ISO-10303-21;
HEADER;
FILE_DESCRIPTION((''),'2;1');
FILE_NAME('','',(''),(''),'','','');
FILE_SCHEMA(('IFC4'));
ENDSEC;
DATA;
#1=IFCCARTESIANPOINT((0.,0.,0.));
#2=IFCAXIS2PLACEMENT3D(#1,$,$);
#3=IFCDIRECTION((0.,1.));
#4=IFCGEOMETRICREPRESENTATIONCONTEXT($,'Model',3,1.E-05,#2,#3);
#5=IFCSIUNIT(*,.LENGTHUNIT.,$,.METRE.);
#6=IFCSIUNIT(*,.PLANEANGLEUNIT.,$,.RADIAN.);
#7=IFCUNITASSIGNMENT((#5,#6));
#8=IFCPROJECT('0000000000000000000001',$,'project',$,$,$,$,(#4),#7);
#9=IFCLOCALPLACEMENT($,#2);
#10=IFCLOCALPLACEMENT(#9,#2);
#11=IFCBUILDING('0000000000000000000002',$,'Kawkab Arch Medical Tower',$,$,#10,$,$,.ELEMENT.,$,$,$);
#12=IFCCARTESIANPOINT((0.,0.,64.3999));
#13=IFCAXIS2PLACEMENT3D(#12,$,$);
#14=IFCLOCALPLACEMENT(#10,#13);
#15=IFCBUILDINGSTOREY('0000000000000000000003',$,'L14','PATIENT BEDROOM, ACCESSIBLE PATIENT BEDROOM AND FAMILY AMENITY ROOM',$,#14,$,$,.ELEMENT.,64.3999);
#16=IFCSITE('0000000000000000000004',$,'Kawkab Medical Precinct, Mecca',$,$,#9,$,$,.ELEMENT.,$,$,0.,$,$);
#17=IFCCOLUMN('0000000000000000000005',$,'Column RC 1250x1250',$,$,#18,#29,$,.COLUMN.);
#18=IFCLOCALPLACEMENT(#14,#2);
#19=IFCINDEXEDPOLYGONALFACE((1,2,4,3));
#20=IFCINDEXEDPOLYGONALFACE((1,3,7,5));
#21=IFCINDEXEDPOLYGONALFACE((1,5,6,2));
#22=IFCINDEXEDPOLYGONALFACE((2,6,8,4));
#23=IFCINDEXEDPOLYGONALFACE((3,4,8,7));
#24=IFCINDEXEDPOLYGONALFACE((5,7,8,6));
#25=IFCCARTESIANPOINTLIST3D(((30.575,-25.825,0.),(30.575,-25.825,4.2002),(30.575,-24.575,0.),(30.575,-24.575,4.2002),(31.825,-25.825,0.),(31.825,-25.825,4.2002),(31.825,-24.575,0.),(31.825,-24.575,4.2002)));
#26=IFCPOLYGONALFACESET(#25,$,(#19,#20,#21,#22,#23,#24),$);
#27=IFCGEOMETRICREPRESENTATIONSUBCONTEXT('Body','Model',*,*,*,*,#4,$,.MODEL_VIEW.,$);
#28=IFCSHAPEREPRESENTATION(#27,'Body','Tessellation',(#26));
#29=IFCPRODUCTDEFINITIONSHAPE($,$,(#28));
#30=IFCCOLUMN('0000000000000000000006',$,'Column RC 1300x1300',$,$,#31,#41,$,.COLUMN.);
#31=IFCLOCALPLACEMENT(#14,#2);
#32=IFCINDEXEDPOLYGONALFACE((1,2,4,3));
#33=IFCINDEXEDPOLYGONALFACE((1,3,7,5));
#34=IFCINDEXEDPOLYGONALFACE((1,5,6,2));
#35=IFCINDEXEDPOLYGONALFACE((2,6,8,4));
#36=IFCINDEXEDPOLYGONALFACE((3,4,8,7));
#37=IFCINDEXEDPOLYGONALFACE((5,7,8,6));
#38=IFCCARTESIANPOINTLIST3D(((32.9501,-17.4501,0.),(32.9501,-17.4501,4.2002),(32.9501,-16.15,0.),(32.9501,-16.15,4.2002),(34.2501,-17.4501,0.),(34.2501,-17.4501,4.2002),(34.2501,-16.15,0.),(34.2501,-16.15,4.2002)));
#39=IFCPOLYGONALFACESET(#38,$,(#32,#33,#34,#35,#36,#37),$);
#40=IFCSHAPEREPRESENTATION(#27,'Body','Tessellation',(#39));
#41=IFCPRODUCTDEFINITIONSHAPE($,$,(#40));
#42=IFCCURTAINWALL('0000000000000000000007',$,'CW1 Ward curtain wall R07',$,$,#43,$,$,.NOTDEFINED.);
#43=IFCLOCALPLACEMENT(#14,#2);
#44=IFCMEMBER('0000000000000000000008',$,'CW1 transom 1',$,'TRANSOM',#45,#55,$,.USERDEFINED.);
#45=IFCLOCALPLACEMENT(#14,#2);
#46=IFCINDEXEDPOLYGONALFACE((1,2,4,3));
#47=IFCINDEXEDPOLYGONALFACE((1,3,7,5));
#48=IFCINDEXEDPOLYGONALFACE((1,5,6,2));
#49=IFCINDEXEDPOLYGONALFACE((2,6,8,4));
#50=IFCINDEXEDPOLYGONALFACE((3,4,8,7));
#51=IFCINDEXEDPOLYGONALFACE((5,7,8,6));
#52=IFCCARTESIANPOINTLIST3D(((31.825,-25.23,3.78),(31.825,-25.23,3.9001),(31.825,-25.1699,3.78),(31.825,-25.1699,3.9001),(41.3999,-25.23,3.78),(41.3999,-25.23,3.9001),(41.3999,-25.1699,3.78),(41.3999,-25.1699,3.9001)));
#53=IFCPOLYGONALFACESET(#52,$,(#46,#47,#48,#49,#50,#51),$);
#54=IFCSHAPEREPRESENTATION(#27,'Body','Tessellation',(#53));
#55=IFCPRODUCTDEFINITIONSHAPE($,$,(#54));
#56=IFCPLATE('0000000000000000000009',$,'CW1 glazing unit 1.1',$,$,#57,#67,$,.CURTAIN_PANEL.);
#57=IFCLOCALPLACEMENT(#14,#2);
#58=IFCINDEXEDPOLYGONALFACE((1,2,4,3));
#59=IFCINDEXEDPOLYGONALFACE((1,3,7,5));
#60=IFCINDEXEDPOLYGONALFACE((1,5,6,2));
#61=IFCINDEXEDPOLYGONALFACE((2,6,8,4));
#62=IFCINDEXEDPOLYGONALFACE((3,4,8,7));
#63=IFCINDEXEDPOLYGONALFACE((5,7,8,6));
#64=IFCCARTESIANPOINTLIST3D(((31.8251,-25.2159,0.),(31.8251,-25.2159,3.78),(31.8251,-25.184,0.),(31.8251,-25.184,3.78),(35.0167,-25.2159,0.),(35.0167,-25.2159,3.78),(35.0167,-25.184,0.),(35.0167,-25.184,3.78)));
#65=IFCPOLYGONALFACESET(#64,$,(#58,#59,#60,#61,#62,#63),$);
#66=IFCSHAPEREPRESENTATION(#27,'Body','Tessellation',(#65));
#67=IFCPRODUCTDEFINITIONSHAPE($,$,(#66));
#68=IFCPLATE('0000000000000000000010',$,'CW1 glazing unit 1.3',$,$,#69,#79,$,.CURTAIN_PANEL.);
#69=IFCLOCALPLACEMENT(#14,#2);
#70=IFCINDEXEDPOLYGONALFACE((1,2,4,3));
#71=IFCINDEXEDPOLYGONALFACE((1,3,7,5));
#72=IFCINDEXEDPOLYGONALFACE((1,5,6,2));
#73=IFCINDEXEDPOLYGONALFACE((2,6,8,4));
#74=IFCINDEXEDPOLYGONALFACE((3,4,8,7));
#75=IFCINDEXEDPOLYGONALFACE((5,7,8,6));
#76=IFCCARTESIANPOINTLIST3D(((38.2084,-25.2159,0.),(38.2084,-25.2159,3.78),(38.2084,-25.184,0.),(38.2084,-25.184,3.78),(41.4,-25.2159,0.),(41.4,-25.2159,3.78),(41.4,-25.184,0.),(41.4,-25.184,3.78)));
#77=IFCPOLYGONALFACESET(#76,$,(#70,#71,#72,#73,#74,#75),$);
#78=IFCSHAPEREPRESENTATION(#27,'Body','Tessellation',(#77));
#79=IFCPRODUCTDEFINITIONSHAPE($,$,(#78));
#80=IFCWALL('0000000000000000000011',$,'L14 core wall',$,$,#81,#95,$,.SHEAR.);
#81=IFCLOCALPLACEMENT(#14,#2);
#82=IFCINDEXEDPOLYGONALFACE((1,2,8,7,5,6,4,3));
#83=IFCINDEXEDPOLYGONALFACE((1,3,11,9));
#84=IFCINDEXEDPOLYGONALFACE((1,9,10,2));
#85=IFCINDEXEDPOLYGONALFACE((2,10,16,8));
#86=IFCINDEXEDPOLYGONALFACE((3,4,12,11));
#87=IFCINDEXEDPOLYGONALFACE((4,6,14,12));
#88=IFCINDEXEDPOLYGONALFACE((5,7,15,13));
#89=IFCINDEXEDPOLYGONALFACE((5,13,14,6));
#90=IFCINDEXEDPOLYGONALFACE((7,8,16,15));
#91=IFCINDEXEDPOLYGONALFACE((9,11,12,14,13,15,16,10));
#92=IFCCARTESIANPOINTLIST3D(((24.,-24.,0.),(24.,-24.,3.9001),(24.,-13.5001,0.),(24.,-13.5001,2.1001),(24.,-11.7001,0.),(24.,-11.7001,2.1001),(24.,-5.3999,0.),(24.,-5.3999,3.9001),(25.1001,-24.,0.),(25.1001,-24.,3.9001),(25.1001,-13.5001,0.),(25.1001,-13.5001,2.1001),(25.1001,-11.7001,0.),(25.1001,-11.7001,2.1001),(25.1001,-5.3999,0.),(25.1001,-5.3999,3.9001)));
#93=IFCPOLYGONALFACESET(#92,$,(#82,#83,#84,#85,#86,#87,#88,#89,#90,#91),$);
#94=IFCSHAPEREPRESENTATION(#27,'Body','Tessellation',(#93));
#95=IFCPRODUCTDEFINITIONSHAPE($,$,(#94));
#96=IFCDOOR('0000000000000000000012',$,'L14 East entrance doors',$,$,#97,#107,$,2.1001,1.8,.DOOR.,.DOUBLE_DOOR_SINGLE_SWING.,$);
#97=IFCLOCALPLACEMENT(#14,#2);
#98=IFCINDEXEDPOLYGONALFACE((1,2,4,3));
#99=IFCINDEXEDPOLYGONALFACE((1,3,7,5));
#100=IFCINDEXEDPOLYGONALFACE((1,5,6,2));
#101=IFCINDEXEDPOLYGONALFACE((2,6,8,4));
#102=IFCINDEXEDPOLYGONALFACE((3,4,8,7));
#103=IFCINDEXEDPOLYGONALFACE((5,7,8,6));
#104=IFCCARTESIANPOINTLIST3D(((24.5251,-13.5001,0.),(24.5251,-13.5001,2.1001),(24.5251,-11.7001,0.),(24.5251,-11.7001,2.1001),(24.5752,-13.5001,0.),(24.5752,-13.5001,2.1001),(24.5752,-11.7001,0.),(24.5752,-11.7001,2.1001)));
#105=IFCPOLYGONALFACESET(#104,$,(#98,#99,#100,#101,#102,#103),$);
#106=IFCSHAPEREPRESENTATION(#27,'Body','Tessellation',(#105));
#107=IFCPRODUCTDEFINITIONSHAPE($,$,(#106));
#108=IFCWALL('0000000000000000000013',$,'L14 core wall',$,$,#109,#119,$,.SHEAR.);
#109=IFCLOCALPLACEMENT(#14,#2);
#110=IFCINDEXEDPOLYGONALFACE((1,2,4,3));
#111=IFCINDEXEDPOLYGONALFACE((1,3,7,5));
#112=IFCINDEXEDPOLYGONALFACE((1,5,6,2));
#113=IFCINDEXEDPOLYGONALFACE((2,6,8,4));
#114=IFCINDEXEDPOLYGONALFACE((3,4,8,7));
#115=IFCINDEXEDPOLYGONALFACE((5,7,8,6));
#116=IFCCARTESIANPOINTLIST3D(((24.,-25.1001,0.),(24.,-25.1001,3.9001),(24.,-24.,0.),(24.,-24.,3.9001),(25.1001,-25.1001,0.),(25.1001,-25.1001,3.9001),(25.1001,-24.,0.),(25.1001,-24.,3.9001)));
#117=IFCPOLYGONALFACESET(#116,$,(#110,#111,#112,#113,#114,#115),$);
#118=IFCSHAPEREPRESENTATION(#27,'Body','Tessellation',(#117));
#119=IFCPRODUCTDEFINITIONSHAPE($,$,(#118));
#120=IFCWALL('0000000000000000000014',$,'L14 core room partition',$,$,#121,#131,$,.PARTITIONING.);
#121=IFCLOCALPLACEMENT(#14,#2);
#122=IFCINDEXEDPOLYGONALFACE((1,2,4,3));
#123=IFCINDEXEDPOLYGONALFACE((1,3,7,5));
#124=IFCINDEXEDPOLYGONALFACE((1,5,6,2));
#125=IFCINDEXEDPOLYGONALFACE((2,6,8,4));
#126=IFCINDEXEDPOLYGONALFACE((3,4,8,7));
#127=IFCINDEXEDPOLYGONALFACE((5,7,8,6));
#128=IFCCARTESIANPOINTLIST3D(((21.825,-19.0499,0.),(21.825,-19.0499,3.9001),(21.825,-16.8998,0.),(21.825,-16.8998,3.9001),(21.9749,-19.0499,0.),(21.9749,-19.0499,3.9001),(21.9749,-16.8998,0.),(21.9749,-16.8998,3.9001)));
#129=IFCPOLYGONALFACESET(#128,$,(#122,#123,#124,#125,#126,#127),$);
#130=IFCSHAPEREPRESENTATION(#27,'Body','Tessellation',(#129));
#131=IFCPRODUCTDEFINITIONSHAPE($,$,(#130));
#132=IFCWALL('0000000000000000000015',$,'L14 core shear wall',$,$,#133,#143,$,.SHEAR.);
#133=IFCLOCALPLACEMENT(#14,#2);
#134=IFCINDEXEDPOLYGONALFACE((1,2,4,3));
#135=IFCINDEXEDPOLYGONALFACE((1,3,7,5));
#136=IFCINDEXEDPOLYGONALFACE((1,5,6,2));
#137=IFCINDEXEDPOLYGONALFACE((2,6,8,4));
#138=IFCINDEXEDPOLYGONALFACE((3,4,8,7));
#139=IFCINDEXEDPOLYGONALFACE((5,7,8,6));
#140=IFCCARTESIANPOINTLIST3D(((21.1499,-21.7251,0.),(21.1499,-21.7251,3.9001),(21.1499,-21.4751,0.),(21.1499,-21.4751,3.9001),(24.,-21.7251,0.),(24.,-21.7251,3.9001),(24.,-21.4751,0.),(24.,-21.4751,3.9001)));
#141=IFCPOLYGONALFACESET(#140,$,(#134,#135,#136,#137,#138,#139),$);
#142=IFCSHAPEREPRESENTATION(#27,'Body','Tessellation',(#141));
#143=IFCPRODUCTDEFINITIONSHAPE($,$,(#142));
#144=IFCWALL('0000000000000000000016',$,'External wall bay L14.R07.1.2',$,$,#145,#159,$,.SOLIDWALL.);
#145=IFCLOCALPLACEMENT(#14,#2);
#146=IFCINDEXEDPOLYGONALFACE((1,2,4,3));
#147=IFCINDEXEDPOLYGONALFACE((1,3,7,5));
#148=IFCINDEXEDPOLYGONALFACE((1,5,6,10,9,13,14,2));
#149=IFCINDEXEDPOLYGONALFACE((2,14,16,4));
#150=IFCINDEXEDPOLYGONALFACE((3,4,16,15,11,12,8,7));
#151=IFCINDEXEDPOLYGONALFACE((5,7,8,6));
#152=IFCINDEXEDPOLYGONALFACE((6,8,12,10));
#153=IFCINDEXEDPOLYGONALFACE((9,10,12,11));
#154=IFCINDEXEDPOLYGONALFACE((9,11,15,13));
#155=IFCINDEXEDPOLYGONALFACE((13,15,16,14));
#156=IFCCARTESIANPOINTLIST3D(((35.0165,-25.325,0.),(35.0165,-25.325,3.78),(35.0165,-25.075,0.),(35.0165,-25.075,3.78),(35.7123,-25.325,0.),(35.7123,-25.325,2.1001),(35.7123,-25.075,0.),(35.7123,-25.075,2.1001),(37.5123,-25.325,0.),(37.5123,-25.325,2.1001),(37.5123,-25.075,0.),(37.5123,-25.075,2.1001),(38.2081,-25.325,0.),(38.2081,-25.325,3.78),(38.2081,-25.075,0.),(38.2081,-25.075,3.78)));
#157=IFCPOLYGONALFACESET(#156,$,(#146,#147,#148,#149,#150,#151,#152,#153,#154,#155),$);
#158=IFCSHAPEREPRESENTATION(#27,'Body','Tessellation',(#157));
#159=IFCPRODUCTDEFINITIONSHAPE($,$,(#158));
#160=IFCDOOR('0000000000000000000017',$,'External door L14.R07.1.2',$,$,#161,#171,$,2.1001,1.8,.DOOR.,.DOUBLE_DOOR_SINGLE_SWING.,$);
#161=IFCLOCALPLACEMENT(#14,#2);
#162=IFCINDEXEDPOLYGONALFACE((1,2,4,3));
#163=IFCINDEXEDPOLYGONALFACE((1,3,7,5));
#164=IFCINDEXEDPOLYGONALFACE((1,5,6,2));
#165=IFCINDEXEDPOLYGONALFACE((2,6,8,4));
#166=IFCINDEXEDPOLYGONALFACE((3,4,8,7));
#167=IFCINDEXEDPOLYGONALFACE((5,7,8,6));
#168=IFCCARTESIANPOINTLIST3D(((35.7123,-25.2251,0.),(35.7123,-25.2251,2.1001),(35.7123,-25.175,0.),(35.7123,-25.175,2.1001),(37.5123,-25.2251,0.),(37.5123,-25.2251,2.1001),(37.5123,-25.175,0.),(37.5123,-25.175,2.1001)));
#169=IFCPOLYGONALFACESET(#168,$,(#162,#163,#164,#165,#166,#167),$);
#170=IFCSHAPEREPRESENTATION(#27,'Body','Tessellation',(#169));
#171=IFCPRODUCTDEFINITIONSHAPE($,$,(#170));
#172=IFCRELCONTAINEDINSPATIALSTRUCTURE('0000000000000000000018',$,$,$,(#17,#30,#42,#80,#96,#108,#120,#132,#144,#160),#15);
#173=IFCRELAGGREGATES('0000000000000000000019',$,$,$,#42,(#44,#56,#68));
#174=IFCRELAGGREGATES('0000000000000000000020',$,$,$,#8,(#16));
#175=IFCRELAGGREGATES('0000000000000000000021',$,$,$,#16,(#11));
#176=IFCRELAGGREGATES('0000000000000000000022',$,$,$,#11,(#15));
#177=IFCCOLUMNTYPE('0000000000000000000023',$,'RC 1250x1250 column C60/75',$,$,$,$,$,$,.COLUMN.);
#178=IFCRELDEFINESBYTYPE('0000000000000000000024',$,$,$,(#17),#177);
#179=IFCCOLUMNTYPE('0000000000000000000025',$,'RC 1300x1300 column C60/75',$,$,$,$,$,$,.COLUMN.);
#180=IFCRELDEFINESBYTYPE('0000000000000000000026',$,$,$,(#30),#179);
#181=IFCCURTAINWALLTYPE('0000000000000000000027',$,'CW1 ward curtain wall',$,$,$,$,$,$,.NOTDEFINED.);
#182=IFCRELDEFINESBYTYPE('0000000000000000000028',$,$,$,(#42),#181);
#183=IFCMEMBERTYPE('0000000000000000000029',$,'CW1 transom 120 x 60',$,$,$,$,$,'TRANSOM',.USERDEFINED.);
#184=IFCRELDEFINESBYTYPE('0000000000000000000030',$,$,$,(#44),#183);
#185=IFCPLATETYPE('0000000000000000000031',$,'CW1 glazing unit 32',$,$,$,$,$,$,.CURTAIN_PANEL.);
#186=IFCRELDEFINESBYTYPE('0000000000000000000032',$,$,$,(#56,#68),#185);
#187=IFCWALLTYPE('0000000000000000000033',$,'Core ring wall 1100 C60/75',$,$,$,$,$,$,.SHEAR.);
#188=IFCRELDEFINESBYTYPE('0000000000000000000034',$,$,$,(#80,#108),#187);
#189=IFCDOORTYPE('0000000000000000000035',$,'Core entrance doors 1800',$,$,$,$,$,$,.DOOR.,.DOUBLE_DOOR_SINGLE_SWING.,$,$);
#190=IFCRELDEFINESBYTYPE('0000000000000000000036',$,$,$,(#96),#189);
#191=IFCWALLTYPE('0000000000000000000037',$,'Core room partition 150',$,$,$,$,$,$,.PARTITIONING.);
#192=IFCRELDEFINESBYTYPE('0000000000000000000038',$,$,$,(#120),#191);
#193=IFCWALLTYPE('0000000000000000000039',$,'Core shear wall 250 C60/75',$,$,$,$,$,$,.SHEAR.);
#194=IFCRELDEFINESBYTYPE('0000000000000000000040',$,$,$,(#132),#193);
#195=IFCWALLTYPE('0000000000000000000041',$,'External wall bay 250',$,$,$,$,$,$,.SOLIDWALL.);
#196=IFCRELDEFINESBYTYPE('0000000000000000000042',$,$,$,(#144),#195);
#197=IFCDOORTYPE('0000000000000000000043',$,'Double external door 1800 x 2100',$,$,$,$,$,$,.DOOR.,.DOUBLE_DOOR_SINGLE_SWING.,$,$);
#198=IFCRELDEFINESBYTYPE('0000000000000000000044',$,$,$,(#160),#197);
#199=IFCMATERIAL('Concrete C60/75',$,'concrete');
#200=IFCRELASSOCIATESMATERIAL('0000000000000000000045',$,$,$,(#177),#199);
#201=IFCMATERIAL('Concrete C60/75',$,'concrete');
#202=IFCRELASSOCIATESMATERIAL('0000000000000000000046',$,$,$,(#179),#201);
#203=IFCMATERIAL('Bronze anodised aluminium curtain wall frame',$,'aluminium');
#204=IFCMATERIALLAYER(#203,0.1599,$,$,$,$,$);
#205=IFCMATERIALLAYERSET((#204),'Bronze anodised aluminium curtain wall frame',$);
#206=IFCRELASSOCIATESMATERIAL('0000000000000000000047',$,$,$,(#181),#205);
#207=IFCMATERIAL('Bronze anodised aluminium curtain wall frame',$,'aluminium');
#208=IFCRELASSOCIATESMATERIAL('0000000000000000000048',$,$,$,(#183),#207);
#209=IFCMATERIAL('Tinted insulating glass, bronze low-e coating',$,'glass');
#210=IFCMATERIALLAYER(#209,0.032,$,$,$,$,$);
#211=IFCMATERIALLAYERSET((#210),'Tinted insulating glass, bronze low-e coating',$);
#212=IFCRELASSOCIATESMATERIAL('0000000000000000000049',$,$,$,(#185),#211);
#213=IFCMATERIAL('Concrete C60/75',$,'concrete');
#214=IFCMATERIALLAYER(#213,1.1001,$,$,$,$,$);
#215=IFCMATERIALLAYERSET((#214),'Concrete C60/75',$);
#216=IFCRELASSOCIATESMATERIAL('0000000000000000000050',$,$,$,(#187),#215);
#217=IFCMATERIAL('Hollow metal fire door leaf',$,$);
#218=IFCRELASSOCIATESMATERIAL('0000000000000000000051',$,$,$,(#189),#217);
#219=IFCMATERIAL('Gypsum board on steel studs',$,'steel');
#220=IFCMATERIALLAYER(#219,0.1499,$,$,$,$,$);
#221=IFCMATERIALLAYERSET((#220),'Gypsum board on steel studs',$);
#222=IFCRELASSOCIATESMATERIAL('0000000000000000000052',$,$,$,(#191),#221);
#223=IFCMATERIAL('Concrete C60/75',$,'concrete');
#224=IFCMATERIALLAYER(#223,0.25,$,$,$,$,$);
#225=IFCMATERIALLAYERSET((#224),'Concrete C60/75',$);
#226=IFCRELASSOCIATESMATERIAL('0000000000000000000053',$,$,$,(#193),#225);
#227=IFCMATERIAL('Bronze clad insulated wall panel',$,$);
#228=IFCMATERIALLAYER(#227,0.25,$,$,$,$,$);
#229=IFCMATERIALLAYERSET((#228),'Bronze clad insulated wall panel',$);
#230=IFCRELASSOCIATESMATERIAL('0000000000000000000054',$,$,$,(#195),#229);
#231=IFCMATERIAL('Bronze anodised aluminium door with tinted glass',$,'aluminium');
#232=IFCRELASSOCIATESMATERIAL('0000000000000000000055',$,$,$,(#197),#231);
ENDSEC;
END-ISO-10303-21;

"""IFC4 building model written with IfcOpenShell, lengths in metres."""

from ifc_helpers import new_model, si_unit, direction, frame, frame_2d, origin, origin_2d, place, context, subcontext, project, spatial, rectangle, extrude, material, layer, layer_set, material_profile, profile_set, type_object, element, fill, aggregate, save


model = new_model("IFC4")

# Units and contexts
model_context = context("Model", 3, precision=1e-05, world=origin(), true_north=direction((0.0, 1.0)))
body_context = subcontext(model_context, "Body", "Model", "MODEL_VIEW")
ifc_project = project(units=[si_unit("LENGTHUNIT", "METRE"), si_unit("PLANEANGLEUNIT", "RADIAN")], contexts=[model_context])

# Site, building, storey
site_placement = place(None, origin())
site = spatial("IfcSite", under=ifc_project, at=site_placement, Name="Kawkab Medical Precinct, Mecca", CompositionType="ELEMENT", RefElevation=0.0)
building_placement = place(site_placement, origin())
building = spatial("IfcBuilding", under=site, at=building_placement, Name="Kawkab Arch Medical Tower", CompositionType="ELEMENT")
storey_placement = place(building_placement, frame((0.0, 0.0, 64.3999)))
storey = spatial("IfcBuildingStorey", under=building, at=storey_placement, Name="L14", Description="PATIENT BEDROOM, ACCESSIBLE PATIENT BEDROOM AND FAMILY AMENITY ROOM", CompositionType="ELEMENT", Elevation=64.3999)

# Columns
ifc_material_1 = material(Name="Concrete C60/75", Category="concrete")
ifc_material_profile_1 = material_profile(ifc_material_1, rectangle(XDim=1.25, YDim=1.25, at=origin_2d()), Name="RC 1250x1250")
ifc_profile_set_1 = profile_set([ifc_material_profile_1], Name="Concrete C60/75")
column_type_1 = type_object("IfcColumnType", Name="RC 1250x1250 column C60/75", PredefinedType="COLUMN", material=ifc_profile_set_1)
column_1_placement = place(storey_placement, frame((31.2, -25.2, 0.0), z_axis=(0.0, 0.0, 1.0), x_axis=(1.0, 0.0, 0.0)))
element("IfcColumn", 1, at=column_1_placement, inside=storey, type_object=column_type_1, Name="Column RC 1250x1250", PredefinedType="COLUMN", context=body_context, shape_type="SweptSolid", body=[
    extrude(rectangle(XDim=1.25, YDim=1.25, at=origin_2d()), origin(), (0.0, 0.0, 1.0), 4.2002),
])
ifc_material_2 = material(Name="Concrete C60/75", Category="concrete")
ifc_material_profile_2 = material_profile(ifc_material_2, rectangle(XDim=1.3, YDim=1.3, at=origin_2d()), Name="RC 1300x1300")
ifc_profile_set_2 = profile_set([ifc_material_profile_2], Name="Concrete C60/75")
column_type_2 = type_object("IfcColumnType", Name="RC 1300x1300 column C60/75", PredefinedType="COLUMN", material=ifc_profile_set_2)
column_2_placement = place(storey_placement, frame((33.6001, -16.8, 0.0), z_axis=(0.0, 0.0, 1.0), x_axis=(1.0, 0.0, 0.0)))
element("IfcColumn", 2, at=column_2_placement, inside=storey, type_object=column_type_2, Name="Column RC 1300x1300", PredefinedType="COLUMN", context=body_context, shape_type="SweptSolid", body=[
    extrude(rectangle(XDim=1.3, YDim=1.3, at=origin_2d()), origin(), (0.0, 0.0, 1.0), 4.2002),
])

# Curtain wall, member, plates
ifc_material_3 = material(Name="Bronze anodised aluminium curtain wall frame", Category="aluminium")
ifc_layer_1 = layer(ifc_material_3, 0.1599)
ifc_layer_set_1 = layer_set([ifc_layer_1], Name="Bronze anodised aluminium curtain wall frame")
curtain_wall_type = type_object("IfcCurtainWallType", Name="CW1 ward curtain wall", PredefinedType="NOTDEFINED", material=ifc_layer_set_1)
curtain_wall_placement = place(storey_placement, origin())
curtain_wall = element("IfcCurtainWall", 3, at=curtain_wall_placement, inside=storey, type_object=curtain_wall_type, Name="CW1 Ward curtain wall R07", PredefinedType="NOTDEFINED")
ifc_material_4 = material(Name="Bronze anodised aluminium curtain wall frame", Category="aluminium")
ifc_material_profile_3 = material_profile(ifc_material_4, rectangle(XDim=0.0601, YDim=0.1201, at=origin_2d()), Name="AL 60x120")
ifc_profile_set_3 = profile_set([ifc_material_profile_3], Name="Bronze anodised aluminium curtain wall frame")
member_type = type_object("IfcMemberType", Name="CW1 transom 120 x 60", ElementType="TRANSOM", PredefinedType="USERDEFINED", material=ifc_profile_set_3)
member_placement = place(storey_placement, frame((31.825, -25.2, 3.8401), z_axis=(1.0, 0.0, 0.0), x_axis=(0.0, 1.0, 0.0)))
member = element("IfcMember", 4, at=member_placement, type_object=member_type, Name="CW1 transom 1", ObjectType="TRANSOM", PredefinedType="USERDEFINED", context=body_context, shape_type="SweptSolid", body=[
    extrude(rectangle(XDim=0.0601, YDim=0.1201, at=origin_2d()), origin(), (0.0, 0.0, 1.0), 9.575),
])
ifc_material_5 = material(Name="Tinted insulating glass, bronze low-e coating", Category="glass")
ifc_layer_2 = layer(ifc_material_5, 0.032)
ifc_layer_set_2 = layer_set([ifc_layer_2], Name="Tinted insulating glass, bronze low-e coating")
plate_type = type_object("IfcPlateType", Name="CW1 glazing unit 32", PredefinedType="CURTAIN_PANEL", material=ifc_layer_set_2)
plate_1_placement = place(storey_placement, frame((33.4209, -25.2, 0.0), z_axis=(0.0, 0.0, 1.0), x_axis=(1.0, 0.0, 0.0)))
plate_1 = element("IfcPlate", 5, at=plate_1_placement, type_object=plate_type, Name="CW1 glazing unit 1.1", PredefinedType="CURTAIN_PANEL", context=body_context, shape_type="SweptSolid", body=[
    extrude(rectangle(XDim=3.1917, YDim=0.032, at=origin_2d()), origin(), (0.0, 0.0, 1.0), 3.78),
])
plate_2_placement = place(storey_placement, frame((39.8042, -25.2, 0.0), z_axis=(0.0, 0.0, 1.0), x_axis=(1.0, 0.0, 0.0)))
plate_2 = element("IfcPlate", 6, at=plate_2_placement, type_object=plate_type, Name="CW1 glazing unit 1.3", PredefinedType="CURTAIN_PANEL", context=body_context, shape_type="SweptSolid", body=[
    extrude(rectangle(XDim=3.1917, YDim=0.032, at=origin_2d()), origin(), (0.0, 0.0, 1.0), 3.78),
])
aggregate(curtain_wall, [member, plate_1, plate_2])

# Wall, opening, door
ifc_material_6 = material(Name="Concrete C60/75", Category="concrete")
ifc_layer_3 = layer(ifc_material_6, 1.1001)
ifc_layer_set_3 = layer_set([ifc_layer_3], Name="Concrete C60/75")
wall_type_1 = type_object("IfcWallType", Name="Core ring wall 1100 C60/75", PredefinedType="SHEAR", material=ifc_layer_set_3)
wall_1_placement = place(storey_placement, frame((24.55, -24.0, 0.0), z_axis=(0.0, 0.0, 1.0), x_axis=(0.0, 1.0, 0.0)))
wall_1 = element("IfcWall", 7, at=wall_1_placement, inside=storey, type_object=wall_type_1, Name="L14 core wall", PredefinedType="SHEAR", context=body_context, shape_type="SweptSolid", body=[
    extrude(rectangle(XDim=18.6001, YDim=1.1001, at=frame_2d((9.3, 0.0))), origin(), (0.0, 0.0, 1.0), 3.9001),
])
opening_1_placement = place(wall_1_placement, frame((10.5, 0.0, 0.0)))
opening_1 = element("IfcOpeningElement", 8, at=opening_1_placement, cuts=wall_1, PredefinedType="OPENING", context=body_context, shape_type="SweptSolid", body=[
    extrude(rectangle(XDim=1.8, YDim=2.1001, at=frame_2d((0.8999, 1.05))), frame((0.0, 0.5601, 0.0), z_axis=(0.0, -1.0, 0.0), x_axis=(1.0, 0.0, 0.0)), (0.0, 0.0, 1.0), 1.1201),
])
ifc_material_7 = material(Name="Hollow metal fire door leaf")
door_type_1 = type_object("IfcDoorType", Name="Core entrance doors 1800", OperationType="DOUBLE_DOOR_SINGLE_SWING", PredefinedType="DOOR", material=ifc_material_7)
door_1_placement = place(opening_1_placement, origin())
door_1 = element("IfcDoor", 9, at=door_1_placement, inside=storey, type_object=door_type_1, Name="L14 East entrance doors", OperationType="DOUBLE_DOOR_SINGLE_SWING", OverallHeight=2.1001, OverallWidth=1.8, PredefinedType="DOOR", context=body_context, shape_type="SweptSolid", body=[
    extrude(rectangle(XDim=1.8, YDim=2.1001, at=frame_2d((0.8999, 1.05))), frame((0.0, 0.0249, 0.0), z_axis=(0.0, -1.0, 0.0), x_axis=(1.0, 0.0, 0.0)), (0.0, 0.0, 1.0), 0.05),
])
fill(opening_1, door_1)

# Walls
wall_2_placement = place(storey_placement, frame((24.55, -25.1001, 0.0), z_axis=(0.0, 0.0, 1.0), x_axis=(0.0, 1.0, 0.0)))
element("IfcWall", 10, at=wall_2_placement, inside=storey, type_object=wall_type_1, Name="L14 core wall", PredefinedType="SHEAR", context=body_context, shape_type="SweptSolid", body=[
    extrude(rectangle(XDim=1.1001, YDim=1.1001, at=frame_2d((0.55, 0.0))), origin(), (0.0, 0.0, 1.0), 3.9001),
])
ifc_material_8 = material(Name="Gypsum board on steel studs", Category="steel")
ifc_layer_4 = layer(ifc_material_8, 0.1499)
ifc_layer_set_4 = layer_set([ifc_layer_4], Name="Gypsum board on steel studs")
wall_type_2 = type_object("IfcWallType", Name="Core room partition 150", PredefinedType="PARTITIONING", material=ifc_layer_set_4)
wall_3_placement = place(storey_placement, frame((21.8999, -19.05, 0.0), z_axis=(0.0, 0.0, 1.0), x_axis=(0.0, 1.0, 0.0)))
element("IfcWall", 11, at=wall_3_placement, inside=storey, type_object=wall_type_2, Name="L14 core room partition", PredefinedType="PARTITIONING", context=body_context, shape_type="SweptSolid", body=[
    extrude(rectangle(XDim=2.1501, YDim=0.1499, at=frame_2d((1.0752, 0.0))), origin(), (0.0, 0.0, 1.0), 3.9001),
])
ifc_material_9 = material(Name="Concrete C60/75", Category="concrete")
ifc_layer_5 = layer(ifc_material_9, 0.25)
ifc_layer_set_5 = layer_set([ifc_layer_5], Name="Concrete C60/75")
wall_type_3 = type_object("IfcWallType", Name="Core shear wall 250 C60/75", PredefinedType="SHEAR", material=ifc_layer_set_5)
wall_4_placement = place(storey_placement, frame((21.1499, -21.6001, 0.0), z_axis=(0.0, 0.0, 1.0), x_axis=(1.0, 0.0, 0.0)))
element("IfcWall", 12, at=wall_4_placement, inside=storey, type_object=wall_type_3, Name="L14 core shear wall", PredefinedType="SHEAR", context=body_context, shape_type="SweptSolid", body=[
    extrude(rectangle(XDim=2.8501, YDim=0.25, at=frame_2d((1.425, 0.0))), origin(), (0.0, 0.0, 1.0), 3.9001),
])

# Wall, opening, door
ifc_material_10 = material(Name="Bronze clad insulated wall panel")
ifc_layer_6 = layer(ifc_material_10, 0.25)
ifc_layer_set_6 = layer_set([ifc_layer_6], Name="Bronze clad insulated wall panel")
wall_type_4 = type_object("IfcWallType", Name="External wall bay 250", PredefinedType="SOLIDWALL", material=ifc_layer_set_6)
wall_5_placement = place(storey_placement, frame((35.0166, -25.2, 0.0), z_axis=(0.0, 0.0, 1.0), x_axis=(1.0, 0.0, 0.0)))
wall_5 = element("IfcWall", 13, at=wall_5_placement, inside=storey, type_object=wall_type_4, Name="External wall bay L14.R07.1.2", PredefinedType="SOLIDWALL", context=body_context, shape_type="SweptSolid", body=[
    extrude(rectangle(XDim=3.1917, YDim=0.25, at=frame_2d((1.5957, 0.0))), origin(), (0.0, 0.0, 1.0), 3.78),
])
opening_2_placement = place(wall_5_placement, frame((0.6958, 0.0, 0.0)))
opening_2 = element("IfcOpeningElement", 14, at=opening_2_placement, cuts=wall_5, PredefinedType="OPENING", context=body_context, shape_type="SweptSolid", body=[
    extrude(rectangle(XDim=1.8, YDim=2.1001, at=frame_2d((0.8999, 1.05))), frame((0.0, 0.135, 0.0), z_axis=(0.0, -1.0, 0.0), x_axis=(1.0, 0.0, 0.0)), (0.0, 0.0, 1.0), 0.27),
])
ifc_material_11 = material(Name="Bronze anodised aluminium door with tinted glass", Category="aluminium")
door_type_2 = type_object("IfcDoorType", Name="Double external door 1800 x 2100", OperationType="DOUBLE_DOOR_SINGLE_SWING", PredefinedType="DOOR", material=ifc_material_11)
door_2_placement = place(opening_2_placement, origin())
door_2 = element("IfcDoor", 15, at=door_2_placement, inside=storey, type_object=door_type_2, Name="External door L14.R07.1.2", OperationType="DOUBLE_DOOR_SINGLE_SWING", OverallHeight=2.1001, OverallWidth=1.8, PredefinedType="DOOR", context=body_context, shape_type="SweptSolid", body=[
    extrude(rectangle(XDim=1.8, YDim=2.1001, at=frame_2d((0.8999, 1.05))), frame((0.0, 0.0249, 0.0), z_axis=(0.0, -1.0, 0.0), x_axis=(1.0, 0.0, 0.0)), (0.0, 0.0, 1.0), 0.05),
])
fill(opening_2, door_2)

save(model, "model.ifc")
